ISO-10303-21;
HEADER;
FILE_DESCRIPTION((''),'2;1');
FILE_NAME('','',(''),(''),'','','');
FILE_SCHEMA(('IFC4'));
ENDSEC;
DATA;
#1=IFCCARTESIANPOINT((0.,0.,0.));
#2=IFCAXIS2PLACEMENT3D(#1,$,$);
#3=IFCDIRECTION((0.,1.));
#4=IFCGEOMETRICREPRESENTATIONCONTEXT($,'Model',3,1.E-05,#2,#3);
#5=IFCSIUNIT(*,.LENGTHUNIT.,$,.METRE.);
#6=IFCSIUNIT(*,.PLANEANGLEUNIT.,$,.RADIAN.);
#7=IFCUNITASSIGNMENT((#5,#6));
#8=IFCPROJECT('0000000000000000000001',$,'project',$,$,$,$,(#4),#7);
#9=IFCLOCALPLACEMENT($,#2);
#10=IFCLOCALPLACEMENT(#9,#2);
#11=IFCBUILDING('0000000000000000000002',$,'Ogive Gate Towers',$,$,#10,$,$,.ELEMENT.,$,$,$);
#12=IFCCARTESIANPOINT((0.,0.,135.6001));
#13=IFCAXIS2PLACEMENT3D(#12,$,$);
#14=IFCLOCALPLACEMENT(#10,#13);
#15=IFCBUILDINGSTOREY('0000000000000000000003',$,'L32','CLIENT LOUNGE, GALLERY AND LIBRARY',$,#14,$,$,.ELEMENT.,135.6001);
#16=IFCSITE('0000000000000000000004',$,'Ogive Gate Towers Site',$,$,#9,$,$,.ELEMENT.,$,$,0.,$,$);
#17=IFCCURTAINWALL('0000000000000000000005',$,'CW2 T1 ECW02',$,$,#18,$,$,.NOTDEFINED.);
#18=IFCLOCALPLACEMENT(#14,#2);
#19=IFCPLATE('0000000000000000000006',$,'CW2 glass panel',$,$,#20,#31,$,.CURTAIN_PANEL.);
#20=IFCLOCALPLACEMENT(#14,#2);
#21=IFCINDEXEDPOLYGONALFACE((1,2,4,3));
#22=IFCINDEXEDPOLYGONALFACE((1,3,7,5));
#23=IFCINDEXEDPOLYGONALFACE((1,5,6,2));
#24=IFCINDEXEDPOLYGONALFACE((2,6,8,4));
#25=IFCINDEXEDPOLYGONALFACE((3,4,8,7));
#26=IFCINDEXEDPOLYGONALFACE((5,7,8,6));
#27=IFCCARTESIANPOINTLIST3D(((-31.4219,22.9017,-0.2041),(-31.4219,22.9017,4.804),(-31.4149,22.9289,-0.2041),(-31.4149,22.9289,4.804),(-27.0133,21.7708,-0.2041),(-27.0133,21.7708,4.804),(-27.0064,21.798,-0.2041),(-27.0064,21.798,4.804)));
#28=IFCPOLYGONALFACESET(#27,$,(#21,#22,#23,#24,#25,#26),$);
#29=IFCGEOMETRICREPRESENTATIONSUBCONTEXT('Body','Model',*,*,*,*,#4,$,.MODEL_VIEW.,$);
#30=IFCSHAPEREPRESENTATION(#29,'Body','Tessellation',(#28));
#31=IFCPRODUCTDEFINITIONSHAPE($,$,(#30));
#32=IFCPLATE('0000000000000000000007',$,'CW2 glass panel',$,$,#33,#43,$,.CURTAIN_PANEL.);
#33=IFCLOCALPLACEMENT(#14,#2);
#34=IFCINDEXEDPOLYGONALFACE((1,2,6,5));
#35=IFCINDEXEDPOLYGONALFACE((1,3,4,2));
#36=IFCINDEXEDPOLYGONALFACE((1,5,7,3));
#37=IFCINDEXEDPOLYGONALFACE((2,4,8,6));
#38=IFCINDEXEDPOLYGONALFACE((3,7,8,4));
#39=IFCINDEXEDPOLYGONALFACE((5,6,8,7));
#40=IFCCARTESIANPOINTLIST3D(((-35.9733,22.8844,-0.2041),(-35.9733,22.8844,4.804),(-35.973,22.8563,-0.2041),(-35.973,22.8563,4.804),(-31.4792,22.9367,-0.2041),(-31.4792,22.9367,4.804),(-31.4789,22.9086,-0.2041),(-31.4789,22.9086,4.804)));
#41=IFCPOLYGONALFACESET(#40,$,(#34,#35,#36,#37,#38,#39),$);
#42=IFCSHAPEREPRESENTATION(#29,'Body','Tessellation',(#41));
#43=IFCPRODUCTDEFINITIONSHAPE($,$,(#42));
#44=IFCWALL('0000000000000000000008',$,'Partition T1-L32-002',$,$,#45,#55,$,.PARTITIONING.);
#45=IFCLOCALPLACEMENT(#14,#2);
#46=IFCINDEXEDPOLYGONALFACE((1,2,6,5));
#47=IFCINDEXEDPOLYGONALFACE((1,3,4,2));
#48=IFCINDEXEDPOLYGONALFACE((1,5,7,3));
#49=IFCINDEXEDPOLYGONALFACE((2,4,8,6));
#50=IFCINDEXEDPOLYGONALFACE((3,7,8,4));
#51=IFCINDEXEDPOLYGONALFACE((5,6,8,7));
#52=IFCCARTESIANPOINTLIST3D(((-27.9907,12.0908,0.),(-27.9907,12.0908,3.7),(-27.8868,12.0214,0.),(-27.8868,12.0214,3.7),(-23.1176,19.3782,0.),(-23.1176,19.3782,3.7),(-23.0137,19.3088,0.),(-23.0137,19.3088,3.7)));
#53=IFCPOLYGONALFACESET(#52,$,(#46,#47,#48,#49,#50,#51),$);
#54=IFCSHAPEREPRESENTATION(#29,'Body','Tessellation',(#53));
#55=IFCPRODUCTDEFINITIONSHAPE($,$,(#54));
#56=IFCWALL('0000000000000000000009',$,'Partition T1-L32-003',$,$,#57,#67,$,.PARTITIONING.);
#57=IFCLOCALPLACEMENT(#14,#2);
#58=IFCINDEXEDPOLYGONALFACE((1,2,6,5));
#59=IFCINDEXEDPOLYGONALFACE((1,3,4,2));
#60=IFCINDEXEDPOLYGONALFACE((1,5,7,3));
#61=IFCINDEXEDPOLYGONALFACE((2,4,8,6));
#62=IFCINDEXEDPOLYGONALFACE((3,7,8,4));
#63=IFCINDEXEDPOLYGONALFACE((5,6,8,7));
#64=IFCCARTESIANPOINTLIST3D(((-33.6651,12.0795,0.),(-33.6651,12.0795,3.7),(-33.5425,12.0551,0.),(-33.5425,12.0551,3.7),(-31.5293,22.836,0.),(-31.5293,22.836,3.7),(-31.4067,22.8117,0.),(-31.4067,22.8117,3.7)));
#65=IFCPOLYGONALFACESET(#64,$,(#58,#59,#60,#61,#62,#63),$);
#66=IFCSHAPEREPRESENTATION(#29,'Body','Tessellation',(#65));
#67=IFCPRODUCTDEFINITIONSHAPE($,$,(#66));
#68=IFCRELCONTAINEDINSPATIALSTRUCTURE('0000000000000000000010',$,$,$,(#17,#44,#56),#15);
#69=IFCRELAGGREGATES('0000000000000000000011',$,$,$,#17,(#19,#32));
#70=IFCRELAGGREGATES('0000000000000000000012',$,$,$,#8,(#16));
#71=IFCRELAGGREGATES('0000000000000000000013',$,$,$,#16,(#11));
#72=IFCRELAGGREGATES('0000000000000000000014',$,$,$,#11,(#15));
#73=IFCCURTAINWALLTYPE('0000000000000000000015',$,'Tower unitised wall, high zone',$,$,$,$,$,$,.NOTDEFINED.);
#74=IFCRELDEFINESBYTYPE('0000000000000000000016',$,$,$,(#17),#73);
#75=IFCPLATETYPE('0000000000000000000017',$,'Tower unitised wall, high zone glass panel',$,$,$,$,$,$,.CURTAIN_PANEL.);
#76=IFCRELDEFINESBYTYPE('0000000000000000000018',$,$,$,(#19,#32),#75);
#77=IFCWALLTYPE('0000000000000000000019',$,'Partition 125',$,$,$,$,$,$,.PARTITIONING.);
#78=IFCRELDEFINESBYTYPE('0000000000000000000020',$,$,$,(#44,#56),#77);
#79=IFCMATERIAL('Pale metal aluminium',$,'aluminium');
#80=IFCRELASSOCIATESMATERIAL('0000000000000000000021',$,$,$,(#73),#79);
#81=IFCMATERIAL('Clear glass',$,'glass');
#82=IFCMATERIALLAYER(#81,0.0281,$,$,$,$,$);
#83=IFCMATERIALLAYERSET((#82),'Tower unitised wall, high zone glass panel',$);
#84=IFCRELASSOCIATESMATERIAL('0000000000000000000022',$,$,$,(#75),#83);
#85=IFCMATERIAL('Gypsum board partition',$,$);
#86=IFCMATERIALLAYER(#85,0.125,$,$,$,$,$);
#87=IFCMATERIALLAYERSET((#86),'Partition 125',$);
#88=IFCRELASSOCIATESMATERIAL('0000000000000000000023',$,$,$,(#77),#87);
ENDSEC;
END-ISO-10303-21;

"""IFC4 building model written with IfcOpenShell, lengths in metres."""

from ifc_helpers import new_model, si_unit, direction, frame, frame_2d, origin, origin_2d, place, context, subcontext, project, spatial, rectangle, extrude, material, layer, layer_set, type_object, element, aggregate, save


model = new_model("IFC4")

# Units and contexts
model_context = context("Model", 3, precision=1e-05, world=origin(), true_north=direction((0.0, 1.0)))
body_context = subcontext(model_context, "Body", "Model", "MODEL_VIEW")
ifc_project = project(units=[si_unit("LENGTHUNIT", "METRE"), si_unit("PLANEANGLEUNIT", "RADIAN")], contexts=[model_context])

# Site, building, storey
site_placement = place(None, origin())
site = spatial("IfcSite", under=ifc_project, at=site_placement, Name="Ogive Gate Towers Site", CompositionType="ELEMENT", RefElevation=0.0)
building_placement = place(site_placement, origin())
building = spatial("IfcBuilding", under=site, at=building_placement, Name="Ogive Gate Towers", CompositionType="ELEMENT")
storey_placement = place(building_placement, frame((0.0, 0.0, 135.6001)))
storey = spatial("IfcBuildingStorey", under=building, at=storey_placement, Name="L32", Description="CLIENT LOUNGE, GALLERY AND LIBRARY", CompositionType="ELEMENT", Elevation=135.6001)

# Curtain wall, plates
ifc_material_1 = material(Name="Pale metal aluminium", Category="aluminium")
curtain_wall_type = type_object("IfcCurtainWallType", Name="Tower unitised wall, high zone", PredefinedType="NOTDEFINED", material=ifc_material_1)
curtain_wall_placement = place(storey_placement, origin())
curtain_wall = element("IfcCurtainWall", 1, at=curtain_wall_placement, inside=storey, type_object=curtain_wall_type, Name="CW2 T1 ECW02", PredefinedType="NOTDEFINED")
ifc_material_2 = material(Name="Clear glass", Category="glass")
ifc_layer_1 = layer(ifc_material_2, 0.0281)
ifc_layer_set_1 = layer_set([ifc_layer_1], Name="Tower unitised wall, high zone glass panel")
plate_type = type_object("IfcPlateType", Name="Tower unitised wall, high zone glass panel", PredefinedType="CURTAIN_PANEL", material=ifc_layer_set_1)
plate_1_placement = place(storey_placement, frame((-29.2141, 22.3499, -0.2041), z_axis=(0.0, 0.0, 1.0), x_axis=(-0.96864, 0.24847, 0.0)))
plate_1 = element("IfcPlate", 2, at=plate_1_placement, type_object=plate_type, Name="CW2 glass panel", PredefinedType="CURTAIN_PANEL", context=body_context, shape_type="SweptSolid", body=[
    extrude(rectangle(XDim=4.5513, YDim=0.0281, at=origin_2d()), origin(), (0.0, 0.0, 1.0), 5.0081),
])
plate_2_placement = place(storey_placement, frame((-33.7261, 22.8965, -0.2041), z_axis=(0.0, 0.0, 1.0), x_axis=(-0.999932, -0.011641, 0.0)))
plate_2 = element("IfcPlate", 3, at=plate_2_placement, type_object=plate_type, Name="CW2 glass panel", PredefinedType="CURTAIN_PANEL", context=body_context, shape_type="SweptSolid", body=[
    extrude(rectangle(XDim=4.4944, YDim=0.0281, at=origin_2d()), origin(), (0.0, 0.0, 1.0), 5.0081),
])
aggregate(curtain_wall, [plate_1, plate_2])

# Walls
ifc_material_3 = material(Name="Gypsum board partition")
ifc_layer_2 = layer(ifc_material_3, 0.125)
ifc_layer_set_2 = layer_set([ifc_layer_2], Name="Partition 125")
wall_type = type_object("IfcWallType", Name="Partition 125", PredefinedType="PARTITIONING", material=ifc_layer_set_2)
wall_1_placement = place(storey_placement, frame((-23.0657, 19.3435, 0.0), z_axis=(0.0, 0.0, 1.0), x_axis=(-0.555869, -0.83127, 0.0)))
element("IfcWall", 4, at=wall_1_placement, inside=storey, type_object=wall_type, Name="Partition T1-L32-002", PredefinedType="PARTITIONING", context=body_context, shape_type="SweptSolid", body=[
    extrude(rectangle(XDim=8.7666, YDim=0.125, at=frame_2d((4.3833, 0.0))), origin(), (0.0, 0.0, 1.0), 3.7),
])
wall_2_placement = place(storey_placement, frame((-31.468, 22.824, 0.0), z_axis=(0.0, 0.0, 1.0), x_axis=(-0.19475, -0.980853, 0.0)))
element("IfcWall", 5, at=wall_2_placement, inside=storey, type_object=wall_type, Name="Partition T1-L32-003", PredefinedType="PARTITIONING", context=body_context, shape_type="SweptSolid", body=[
    extrude(rectangle(XDim=10.9666, YDim=0.125, at=frame_2d((5.4834, 0.0))), origin(), (0.0, 0.0, 1.0), 3.7),
])

save(model, "model.ifc")
